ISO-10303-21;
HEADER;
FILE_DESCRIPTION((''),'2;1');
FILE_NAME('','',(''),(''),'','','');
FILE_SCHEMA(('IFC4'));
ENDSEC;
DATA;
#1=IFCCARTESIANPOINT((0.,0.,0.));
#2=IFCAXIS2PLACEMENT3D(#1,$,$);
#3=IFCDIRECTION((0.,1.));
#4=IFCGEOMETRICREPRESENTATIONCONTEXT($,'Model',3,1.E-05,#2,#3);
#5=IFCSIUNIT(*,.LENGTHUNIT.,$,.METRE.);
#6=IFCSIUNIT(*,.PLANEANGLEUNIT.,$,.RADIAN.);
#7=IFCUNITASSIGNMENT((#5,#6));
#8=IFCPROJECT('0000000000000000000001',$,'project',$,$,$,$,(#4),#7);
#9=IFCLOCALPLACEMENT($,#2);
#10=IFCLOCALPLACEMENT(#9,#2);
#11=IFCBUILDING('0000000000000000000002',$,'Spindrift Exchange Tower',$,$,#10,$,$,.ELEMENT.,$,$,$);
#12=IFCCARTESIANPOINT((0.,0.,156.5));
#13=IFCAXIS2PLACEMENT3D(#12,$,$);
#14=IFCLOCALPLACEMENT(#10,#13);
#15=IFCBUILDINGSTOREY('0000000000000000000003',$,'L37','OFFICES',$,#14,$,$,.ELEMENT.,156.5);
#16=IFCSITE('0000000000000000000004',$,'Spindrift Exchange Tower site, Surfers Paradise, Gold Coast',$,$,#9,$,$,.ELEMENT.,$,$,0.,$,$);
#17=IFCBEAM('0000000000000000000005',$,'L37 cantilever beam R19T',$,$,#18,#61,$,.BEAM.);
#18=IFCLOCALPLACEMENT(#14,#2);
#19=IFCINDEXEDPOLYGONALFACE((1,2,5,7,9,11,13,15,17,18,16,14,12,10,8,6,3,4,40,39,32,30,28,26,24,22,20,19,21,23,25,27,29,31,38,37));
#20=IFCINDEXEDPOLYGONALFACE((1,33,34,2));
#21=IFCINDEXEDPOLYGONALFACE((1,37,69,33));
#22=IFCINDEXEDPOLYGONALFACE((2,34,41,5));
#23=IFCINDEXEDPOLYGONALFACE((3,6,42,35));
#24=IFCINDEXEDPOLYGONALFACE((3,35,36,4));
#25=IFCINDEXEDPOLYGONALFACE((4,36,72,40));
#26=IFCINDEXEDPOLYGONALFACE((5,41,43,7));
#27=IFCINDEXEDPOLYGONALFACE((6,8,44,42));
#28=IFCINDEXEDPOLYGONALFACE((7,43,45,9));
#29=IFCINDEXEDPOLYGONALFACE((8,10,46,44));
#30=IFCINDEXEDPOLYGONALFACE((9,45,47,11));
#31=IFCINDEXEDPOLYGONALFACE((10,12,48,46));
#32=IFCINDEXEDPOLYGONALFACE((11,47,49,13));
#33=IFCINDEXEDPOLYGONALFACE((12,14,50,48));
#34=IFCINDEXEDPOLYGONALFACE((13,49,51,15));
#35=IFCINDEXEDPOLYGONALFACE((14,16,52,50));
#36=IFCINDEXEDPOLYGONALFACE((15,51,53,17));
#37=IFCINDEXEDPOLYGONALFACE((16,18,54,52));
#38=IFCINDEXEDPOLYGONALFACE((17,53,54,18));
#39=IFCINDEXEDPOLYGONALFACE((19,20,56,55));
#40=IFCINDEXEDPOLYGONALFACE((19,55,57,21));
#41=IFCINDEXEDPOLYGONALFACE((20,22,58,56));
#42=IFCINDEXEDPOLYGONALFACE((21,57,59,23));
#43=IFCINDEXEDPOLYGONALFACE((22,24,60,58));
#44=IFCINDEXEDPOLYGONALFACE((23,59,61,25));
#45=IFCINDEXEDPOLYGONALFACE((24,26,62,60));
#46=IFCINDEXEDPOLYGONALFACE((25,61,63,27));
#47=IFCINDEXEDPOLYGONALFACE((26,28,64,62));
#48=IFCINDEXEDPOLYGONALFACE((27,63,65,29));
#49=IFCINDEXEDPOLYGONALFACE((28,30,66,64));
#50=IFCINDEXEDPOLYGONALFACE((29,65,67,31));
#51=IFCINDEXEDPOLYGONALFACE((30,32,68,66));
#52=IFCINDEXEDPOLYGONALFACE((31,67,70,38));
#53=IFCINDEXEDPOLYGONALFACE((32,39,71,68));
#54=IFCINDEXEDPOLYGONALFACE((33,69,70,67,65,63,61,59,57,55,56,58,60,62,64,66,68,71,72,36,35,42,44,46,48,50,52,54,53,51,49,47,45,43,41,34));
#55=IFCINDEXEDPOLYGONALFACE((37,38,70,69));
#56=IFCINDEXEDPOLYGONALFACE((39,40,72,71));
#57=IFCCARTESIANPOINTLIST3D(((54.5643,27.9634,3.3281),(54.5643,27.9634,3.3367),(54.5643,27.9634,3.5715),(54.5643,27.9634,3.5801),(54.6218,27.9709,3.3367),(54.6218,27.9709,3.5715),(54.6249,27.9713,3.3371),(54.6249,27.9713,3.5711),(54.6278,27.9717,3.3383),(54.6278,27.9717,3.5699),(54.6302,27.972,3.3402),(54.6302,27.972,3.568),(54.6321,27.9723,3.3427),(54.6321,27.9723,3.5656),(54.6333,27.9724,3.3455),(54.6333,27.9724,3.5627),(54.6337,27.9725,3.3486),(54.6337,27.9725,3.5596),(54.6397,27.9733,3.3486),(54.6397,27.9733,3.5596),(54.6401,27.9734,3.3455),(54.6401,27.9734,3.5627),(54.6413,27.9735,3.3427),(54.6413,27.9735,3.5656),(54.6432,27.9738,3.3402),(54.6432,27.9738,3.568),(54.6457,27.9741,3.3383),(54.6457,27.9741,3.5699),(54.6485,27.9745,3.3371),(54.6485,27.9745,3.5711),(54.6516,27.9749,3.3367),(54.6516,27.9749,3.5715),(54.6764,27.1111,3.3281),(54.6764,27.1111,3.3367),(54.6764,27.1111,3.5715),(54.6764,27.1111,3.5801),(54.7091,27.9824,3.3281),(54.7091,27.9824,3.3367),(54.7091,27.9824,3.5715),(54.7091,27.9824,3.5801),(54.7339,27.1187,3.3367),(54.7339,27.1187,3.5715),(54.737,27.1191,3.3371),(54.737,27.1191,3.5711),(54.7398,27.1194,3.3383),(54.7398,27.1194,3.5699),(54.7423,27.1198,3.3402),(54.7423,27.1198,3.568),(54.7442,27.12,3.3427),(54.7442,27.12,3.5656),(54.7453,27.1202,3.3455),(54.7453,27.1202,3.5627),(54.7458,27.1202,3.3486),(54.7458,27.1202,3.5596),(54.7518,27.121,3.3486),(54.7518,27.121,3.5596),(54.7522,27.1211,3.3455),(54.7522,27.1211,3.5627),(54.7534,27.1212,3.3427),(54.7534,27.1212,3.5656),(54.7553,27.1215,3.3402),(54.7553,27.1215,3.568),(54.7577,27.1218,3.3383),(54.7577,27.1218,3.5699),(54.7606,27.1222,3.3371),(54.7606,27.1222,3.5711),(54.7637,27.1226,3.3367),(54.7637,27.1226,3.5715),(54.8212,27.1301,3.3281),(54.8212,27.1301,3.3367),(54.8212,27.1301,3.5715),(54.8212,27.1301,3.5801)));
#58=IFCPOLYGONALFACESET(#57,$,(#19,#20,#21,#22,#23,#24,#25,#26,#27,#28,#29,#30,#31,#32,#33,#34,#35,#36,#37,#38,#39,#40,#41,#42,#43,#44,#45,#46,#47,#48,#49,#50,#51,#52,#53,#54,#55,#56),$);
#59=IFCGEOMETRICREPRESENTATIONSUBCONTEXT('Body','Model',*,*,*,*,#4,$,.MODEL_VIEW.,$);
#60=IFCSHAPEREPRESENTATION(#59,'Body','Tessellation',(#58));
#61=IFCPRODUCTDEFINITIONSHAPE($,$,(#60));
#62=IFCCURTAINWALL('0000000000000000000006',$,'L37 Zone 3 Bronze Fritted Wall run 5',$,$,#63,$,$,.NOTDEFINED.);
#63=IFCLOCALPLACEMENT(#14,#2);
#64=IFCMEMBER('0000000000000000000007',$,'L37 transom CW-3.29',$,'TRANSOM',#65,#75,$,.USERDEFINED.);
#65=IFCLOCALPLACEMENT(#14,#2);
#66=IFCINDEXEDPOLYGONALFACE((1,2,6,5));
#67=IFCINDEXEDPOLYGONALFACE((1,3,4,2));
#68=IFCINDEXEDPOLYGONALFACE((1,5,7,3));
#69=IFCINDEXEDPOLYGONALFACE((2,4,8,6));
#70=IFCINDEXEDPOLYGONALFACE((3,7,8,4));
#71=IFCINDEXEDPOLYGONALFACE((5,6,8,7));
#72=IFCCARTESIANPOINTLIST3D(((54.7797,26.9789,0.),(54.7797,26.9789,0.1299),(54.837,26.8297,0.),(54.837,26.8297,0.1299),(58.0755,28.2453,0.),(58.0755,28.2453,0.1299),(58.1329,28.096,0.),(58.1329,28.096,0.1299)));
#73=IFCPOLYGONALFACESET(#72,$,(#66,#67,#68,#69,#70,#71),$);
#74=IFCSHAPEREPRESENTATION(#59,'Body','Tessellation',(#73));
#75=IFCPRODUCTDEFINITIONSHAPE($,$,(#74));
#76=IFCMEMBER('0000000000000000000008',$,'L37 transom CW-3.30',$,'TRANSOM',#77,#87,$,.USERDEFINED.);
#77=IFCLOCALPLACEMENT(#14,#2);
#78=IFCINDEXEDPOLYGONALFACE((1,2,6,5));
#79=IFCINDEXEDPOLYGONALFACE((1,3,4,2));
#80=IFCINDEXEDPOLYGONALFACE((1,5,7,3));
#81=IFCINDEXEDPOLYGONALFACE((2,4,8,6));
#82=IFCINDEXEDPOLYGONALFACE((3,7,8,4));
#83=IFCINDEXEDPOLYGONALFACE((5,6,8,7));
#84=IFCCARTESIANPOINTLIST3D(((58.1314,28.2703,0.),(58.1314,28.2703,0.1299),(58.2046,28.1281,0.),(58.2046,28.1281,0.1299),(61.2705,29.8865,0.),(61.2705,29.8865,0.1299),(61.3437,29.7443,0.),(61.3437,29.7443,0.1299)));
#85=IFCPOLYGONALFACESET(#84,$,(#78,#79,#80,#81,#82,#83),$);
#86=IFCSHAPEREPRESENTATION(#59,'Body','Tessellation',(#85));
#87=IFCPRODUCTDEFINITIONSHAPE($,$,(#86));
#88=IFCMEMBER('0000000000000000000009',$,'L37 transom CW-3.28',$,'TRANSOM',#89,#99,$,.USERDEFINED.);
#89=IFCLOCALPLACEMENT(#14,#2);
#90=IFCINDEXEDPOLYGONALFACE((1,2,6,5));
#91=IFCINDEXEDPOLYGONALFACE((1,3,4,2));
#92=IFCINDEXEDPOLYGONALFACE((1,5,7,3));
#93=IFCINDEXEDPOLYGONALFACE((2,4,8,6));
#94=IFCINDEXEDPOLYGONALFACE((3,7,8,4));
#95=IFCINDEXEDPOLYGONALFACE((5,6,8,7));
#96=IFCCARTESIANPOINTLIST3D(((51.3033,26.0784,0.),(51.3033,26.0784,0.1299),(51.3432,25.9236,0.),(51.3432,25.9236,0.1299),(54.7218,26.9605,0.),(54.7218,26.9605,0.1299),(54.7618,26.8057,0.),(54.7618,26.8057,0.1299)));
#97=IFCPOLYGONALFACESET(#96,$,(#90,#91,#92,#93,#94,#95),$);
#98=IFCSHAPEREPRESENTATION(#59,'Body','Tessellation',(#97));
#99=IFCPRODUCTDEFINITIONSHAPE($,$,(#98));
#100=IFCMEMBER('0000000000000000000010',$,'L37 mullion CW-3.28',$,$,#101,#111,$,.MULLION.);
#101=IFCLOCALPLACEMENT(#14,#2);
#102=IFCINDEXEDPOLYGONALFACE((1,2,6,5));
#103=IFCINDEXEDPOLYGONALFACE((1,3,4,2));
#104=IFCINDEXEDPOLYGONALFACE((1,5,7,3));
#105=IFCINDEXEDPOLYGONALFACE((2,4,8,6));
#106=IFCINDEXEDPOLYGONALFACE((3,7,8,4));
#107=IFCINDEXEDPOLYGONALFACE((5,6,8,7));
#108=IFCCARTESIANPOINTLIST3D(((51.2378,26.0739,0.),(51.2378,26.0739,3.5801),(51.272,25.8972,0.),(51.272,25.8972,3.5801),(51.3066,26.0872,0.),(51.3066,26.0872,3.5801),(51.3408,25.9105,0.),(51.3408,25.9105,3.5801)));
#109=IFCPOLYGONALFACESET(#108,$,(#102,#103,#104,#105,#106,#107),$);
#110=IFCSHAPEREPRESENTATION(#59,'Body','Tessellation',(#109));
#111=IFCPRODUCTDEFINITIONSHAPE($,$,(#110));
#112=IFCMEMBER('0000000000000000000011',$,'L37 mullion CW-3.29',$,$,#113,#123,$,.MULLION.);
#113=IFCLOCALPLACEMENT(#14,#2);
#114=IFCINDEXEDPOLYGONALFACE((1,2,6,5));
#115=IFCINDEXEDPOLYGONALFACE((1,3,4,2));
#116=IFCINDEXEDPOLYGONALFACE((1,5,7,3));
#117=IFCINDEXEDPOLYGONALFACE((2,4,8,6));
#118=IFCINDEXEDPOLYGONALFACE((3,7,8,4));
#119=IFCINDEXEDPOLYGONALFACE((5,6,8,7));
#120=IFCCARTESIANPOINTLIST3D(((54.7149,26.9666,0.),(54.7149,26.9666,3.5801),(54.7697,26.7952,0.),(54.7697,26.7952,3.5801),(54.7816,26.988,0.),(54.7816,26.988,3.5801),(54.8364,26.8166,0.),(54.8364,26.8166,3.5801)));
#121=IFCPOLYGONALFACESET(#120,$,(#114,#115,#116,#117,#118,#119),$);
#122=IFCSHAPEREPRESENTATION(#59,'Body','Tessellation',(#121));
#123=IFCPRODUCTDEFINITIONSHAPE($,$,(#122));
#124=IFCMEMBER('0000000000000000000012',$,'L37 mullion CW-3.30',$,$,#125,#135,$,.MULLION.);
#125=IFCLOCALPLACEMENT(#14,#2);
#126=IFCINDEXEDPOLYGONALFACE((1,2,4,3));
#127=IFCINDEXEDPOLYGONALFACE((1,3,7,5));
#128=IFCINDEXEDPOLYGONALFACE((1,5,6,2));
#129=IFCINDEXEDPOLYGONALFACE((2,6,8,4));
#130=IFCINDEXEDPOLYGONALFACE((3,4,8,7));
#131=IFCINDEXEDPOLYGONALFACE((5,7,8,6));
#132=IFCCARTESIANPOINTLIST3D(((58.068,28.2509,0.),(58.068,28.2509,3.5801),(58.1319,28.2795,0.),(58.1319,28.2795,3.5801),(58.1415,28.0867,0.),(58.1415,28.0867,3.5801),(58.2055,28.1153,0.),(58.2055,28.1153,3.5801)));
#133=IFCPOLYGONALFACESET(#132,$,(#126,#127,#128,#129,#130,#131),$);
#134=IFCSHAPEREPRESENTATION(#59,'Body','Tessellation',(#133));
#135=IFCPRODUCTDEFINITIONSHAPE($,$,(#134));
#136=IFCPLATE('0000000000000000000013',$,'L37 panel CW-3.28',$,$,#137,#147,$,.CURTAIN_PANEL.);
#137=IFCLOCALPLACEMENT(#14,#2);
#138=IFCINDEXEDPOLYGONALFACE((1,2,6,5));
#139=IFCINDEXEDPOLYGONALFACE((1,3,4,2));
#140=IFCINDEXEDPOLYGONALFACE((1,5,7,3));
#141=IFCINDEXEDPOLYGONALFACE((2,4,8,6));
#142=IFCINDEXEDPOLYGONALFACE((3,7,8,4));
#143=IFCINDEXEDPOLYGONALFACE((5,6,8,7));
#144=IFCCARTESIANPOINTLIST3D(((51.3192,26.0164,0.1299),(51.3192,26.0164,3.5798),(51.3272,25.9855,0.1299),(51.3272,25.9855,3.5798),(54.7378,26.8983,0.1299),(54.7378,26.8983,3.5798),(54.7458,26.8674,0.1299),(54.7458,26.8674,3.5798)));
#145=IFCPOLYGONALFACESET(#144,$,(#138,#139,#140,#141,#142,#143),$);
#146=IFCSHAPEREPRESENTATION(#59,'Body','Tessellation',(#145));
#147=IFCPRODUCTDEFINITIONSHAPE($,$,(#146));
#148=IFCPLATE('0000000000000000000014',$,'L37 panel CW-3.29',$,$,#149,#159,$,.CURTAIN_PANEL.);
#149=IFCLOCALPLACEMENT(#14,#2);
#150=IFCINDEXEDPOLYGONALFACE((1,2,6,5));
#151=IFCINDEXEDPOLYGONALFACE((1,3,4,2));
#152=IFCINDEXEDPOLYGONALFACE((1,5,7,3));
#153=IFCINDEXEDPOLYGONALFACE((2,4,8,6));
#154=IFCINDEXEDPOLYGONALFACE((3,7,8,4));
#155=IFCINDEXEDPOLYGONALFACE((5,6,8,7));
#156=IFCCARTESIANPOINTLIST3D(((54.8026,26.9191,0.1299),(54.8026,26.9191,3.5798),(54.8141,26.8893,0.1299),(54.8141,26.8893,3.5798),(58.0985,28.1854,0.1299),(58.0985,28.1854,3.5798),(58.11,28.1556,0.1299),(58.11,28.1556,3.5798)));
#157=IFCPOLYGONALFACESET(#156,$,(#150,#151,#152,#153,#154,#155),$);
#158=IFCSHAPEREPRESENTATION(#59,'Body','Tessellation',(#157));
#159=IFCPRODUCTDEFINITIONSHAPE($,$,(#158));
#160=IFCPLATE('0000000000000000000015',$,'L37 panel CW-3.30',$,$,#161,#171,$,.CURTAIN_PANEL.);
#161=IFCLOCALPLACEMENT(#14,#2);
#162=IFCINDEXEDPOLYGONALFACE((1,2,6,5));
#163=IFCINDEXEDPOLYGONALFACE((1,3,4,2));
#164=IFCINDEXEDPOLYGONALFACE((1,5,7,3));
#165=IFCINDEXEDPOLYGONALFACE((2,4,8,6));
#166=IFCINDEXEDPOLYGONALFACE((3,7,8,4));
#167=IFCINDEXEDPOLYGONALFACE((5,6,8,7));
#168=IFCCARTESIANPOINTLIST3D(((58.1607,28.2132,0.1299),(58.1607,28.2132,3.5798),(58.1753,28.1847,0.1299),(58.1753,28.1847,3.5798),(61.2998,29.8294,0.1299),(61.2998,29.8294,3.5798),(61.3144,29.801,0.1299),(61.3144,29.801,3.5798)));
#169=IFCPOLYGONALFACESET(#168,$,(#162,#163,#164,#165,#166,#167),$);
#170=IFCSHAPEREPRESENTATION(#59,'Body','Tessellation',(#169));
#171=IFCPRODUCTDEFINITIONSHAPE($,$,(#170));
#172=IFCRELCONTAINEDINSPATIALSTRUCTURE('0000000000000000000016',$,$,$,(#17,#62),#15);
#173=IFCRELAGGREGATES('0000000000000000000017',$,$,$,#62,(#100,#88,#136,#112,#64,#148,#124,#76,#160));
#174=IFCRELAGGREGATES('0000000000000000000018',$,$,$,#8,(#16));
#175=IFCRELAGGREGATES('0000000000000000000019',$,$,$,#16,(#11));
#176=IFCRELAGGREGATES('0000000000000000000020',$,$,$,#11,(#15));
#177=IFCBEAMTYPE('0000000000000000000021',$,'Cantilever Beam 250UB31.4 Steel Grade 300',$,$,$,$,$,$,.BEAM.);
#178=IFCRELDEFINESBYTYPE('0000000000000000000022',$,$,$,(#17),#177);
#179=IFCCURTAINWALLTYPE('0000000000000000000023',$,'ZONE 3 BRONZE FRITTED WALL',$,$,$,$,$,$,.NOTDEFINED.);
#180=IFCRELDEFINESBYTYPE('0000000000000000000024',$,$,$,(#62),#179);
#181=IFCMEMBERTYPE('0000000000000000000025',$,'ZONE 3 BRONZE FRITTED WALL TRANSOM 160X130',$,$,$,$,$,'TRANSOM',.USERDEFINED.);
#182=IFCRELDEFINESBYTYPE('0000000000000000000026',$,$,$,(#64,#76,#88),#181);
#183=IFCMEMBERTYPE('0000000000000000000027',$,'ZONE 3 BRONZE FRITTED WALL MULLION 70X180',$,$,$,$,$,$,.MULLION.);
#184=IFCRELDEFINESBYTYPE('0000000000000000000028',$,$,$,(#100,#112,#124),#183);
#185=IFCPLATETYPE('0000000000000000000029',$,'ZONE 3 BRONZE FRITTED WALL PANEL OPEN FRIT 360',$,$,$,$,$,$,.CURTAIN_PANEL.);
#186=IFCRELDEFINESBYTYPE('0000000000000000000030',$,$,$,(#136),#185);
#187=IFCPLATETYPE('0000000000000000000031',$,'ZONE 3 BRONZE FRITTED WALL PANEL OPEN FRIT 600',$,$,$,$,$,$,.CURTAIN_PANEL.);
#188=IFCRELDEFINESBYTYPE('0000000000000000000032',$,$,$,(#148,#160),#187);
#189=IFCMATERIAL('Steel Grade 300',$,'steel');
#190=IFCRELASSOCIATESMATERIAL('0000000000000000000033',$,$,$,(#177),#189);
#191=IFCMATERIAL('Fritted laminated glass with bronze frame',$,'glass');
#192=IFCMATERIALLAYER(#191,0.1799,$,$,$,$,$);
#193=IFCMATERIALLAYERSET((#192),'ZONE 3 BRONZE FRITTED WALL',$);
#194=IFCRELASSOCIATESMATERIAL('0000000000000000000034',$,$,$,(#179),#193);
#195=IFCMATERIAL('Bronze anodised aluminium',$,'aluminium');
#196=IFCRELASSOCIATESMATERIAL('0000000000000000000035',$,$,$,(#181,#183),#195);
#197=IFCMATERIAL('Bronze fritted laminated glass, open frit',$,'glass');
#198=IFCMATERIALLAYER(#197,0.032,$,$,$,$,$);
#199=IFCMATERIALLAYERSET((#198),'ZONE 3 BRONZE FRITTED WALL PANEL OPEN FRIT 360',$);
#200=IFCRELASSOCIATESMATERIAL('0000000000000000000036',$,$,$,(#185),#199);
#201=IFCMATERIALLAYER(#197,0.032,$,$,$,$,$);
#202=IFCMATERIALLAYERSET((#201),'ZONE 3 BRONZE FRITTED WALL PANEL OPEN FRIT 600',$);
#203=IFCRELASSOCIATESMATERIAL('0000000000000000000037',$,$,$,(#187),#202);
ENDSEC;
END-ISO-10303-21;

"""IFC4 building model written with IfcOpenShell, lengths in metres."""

from ifc_helpers import new_model, si_unit, direction, frame, origin, origin_2d, place, context, subcontext, project, spatial, rectangle, i_section, extrude, source, transform, mapped, material, layer, layer_set, material_profile, profile_set, type_object, element, aggregate, save


model = new_model("IFC4")

# Units and contexts
model_context = context("Model", 3, precision=1e-05, world=origin(), true_north=direction((0.0, 1.0)))
body_context = subcontext(model_context, "Body", "Model", "MODEL_VIEW")
ifc_project = project(units=[si_unit("LENGTHUNIT", "METRE"), si_unit("PLANEANGLEUNIT", "RADIAN")], contexts=[model_context])

# Site, building, storey
site_placement = place(None, origin())
site = spatial("IfcSite", under=ifc_project, at=site_placement, Name="Spindrift Exchange Tower site, Surfers Paradise, Gold Coast", CompositionType="ELEMENT", RefElevation=0.0)
building_placement = place(site_placement, origin())
building = spatial("IfcBuilding", under=site, at=building_placement, Name="Spindrift Exchange Tower", CompositionType="ELEMENT")
storey_placement = place(building_placement, frame((0.0, 0.0, 156.5)))
storey = spatial("IfcBuildingStorey", under=building, at=storey_placement, Name="L37", Description="OFFICES", CompositionType="ELEMENT", Elevation=156.5)

# Beam
ifc_material_1 = material(Name="Steel Grade 300", Category="steel")
ifc_material_profile_1 = material_profile(ifc_material_1, i_section(OverallWidth=0.146, OverallDepth=0.252, WebThickness=0.0061, FlangeThickness=0.0085, FilletRadius=0.012, at=origin_2d()), Name="250UB31.4")
ifc_profile_set_1 = profile_set([ifc_material_profile_1], Name="Steel Grade 300")
beam_type_1 = type_object("IfcBeamType", Name="Cantilever Beam 250UB31.4 Steel Grade 300", PredefinedType="BEAM", material=ifc_profile_set_1)
shared_shape_1 = source(origin(), body_context, "Body", "SweptSolid", [
    extrude(i_section(OverallWidth=0.146, OverallDepth=0.252, WebThickness=0.0061, FlangeThickness=0.0085, FilletRadius=0.012, at=origin_2d()), origin(), (0.0, 0.0, 1.0), 0.8596),
])
beam_1_placement = place(storey_placement, frame((54.6367, 27.9729, 3.4541), z_axis=(0.130359, -0.991467, 0.0), x_axis=(0.991467, 0.130359, 0.0)))
element("IfcBeam", 1, at=beam_1_placement, inside=storey, type_object=beam_type_1, Name="L37 cantilever beam R19T", PredefinedType="BEAM", context=body_context, shape_type="MappedRepresentation", body=[
    mapped(shared_shape_1, transform((0.0, 0.0, 0.0), scale=1.0)),
])

# Curtain wall, members, plates
ifc_material_2 = material(Name="Fritted laminated glass with bronze frame", Category="glass")
ifc_layer_1 = layer(ifc_material_2, 0.1799)
ifc_layer_set_1 = layer_set([ifc_layer_1], Name="ZONE 3 BRONZE FRITTED WALL")
curtain_wall_type = type_object("IfcCurtainWallType", Name="ZONE 3 BRONZE FRITTED WALL", PredefinedType="NOTDEFINED", material=ifc_layer_set_1)
curtain_wall_placement = place(storey_placement, origin())
curtain_wall = element("IfcCurtainWall", 2, at=curtain_wall_placement, inside=storey, type_object=curtain_wall_type, Name="L37 Zone 3 Bronze Fritted Wall run 5", PredefinedType="NOTDEFINED")
ifc_material_3 = material(Name="Bronze anodised aluminium", Category="aluminium")
ifc_material_profile_2 = material_profile(ifc_material_3, rectangle(XDim=0.1599, YDim=0.1299, at=origin_2d()), Name="ZONE 3 BRONZE FRITTED WALL TRANSOM 160X130")
ifc_profile_set_2 = profile_set([ifc_material_profile_2], Name="Bronze anodised aluminium")
member_type_1 = type_object("IfcMemberType", Name="ZONE 3 BRONZE FRITTED WALL TRANSOM 160X130", ElementType="TRANSOM", PredefinedType="USERDEFINED", material=ifc_profile_set_2)
shared_shape_2 = source(origin(), body_context, "Body", "SweptSolid", [
    extrude(rectangle(XDim=0.1599, YDim=0.1299, at=origin_2d()), origin(), (0.0, 0.0, 1.0), 3.5308),
])
member_1_placement = place(storey_placement, frame((54.8083, 26.9043, 0.0649), z_axis=(0.933469, 0.358659, 0.0), x_axis=(-0.358659, 0.933469, 0.0)))
member_1 = element("IfcMember", 3, at=member_1_placement, type_object=member_type_1, Name="L37 transom CW-3.29", ObjectType="TRANSOM", PredefinedType="USERDEFINED", context=body_context, shape_type="MappedRepresentation", body=[
    mapped(shared_shape_2, transform((0.0, 0.0, 0.0), scale=1.0)),
])
member_2_placement = place(storey_placement, frame((58.168, 28.1992, 0.0649), z_axis=(0.889082, 0.457748, 0.0), x_axis=(-0.457748, 0.889082, 0.0)))
member_2 = element("IfcMember", 4, at=member_2_placement, type_object=member_type_1, Name="L37 transom CW-3.30", ObjectType="TRANSOM", PredefinedType="USERDEFINED", context=body_context, shape_type="MappedRepresentation", body=[
    mapped(shared_shape_2, transform((0.0, 0.0, 0.0), scale=1.0)),
])
shared_shape_3 = source(origin(), body_context, "Body", "SweptSolid", [
    extrude(rectangle(XDim=0.1599, YDim=0.1299, at=origin_2d()), origin(), (0.0, 0.0, 1.0), 3.5305),
])
member_3_placement = place(storey_placement, frame((51.3232, 26.001, 0.0649), z_axis=(0.968284, 0.249851, 0.0), x_axis=(-0.249851, 0.968284, 0.0)))
member_3 = element("IfcMember", 5, at=member_3_placement, type_object=member_type_1, Name="L37 transom CW-3.28", ObjectType="TRANSOM", PredefinedType="USERDEFINED", context=body_context, shape_type="MappedRepresentation", body=[
    mapped(shared_shape_3, transform((0.0, 0.0, 0.0), scale=1.0)),
])
ifc_material_profile_3 = material_profile(ifc_material_3, rectangle(XDim=0.0701, YDim=0.1799, at=origin_2d()), Name="ZONE 3 BRONZE FRITTED WALL MULLION 70X180")
ifc_profile_set_3 = profile_set([ifc_material_profile_3], Name="Bronze anodised aluminium")
member_type_2 = type_object("IfcMemberType", Name="ZONE 3 BRONZE FRITTED WALL MULLION 70X180", PredefinedType="MULLION", material=ifc_profile_set_3)
shared_shape_4 = source(origin(), body_context, "Body", "SweptSolid", [
    extrude(rectangle(XDim=0.0701, YDim=0.1799, at=origin_2d()), origin(), (0.0, 0.0, 1.0), 3.5801),
])
member_4_placement = place(storey_placement, frame((51.2893, 25.9922, 0.0), z_axis=(0.0, 0.0, 1.0), x_axis=(0.981831, 0.189758, 0.0)))
member_4 = element("IfcMember", 6, at=member_4_placement, type_object=member_type_2, Name="L37 mullion CW-3.28", PredefinedType="MULLION", context=body_context, shape_type="MappedRepresentation", body=[
    mapped(shared_shape_4, transform((0.0, 0.0, 0.0), scale=1.0)),
])
member_5_placement = place(storey_placement, frame((54.7756, 26.8916, 0.0), z_axis=(0.0, 0.0, 1.0), x_axis=(0.952441, 0.304724, 0.0)))
member_5 = element("IfcMember", 7, at=member_5_placement, type_object=member_type_2, Name="L37 mullion CW-3.29", PredefinedType="MULLION", context=body_context, shape_type="MappedRepresentation", body=[
    mapped(shared_shape_4, transform((0.0, 0.0, 0.0), scale=1.0)),
])
member_6_placement = place(storey_placement, frame((58.1367, 28.1831, 0.0), z_axis=(0.0, 0.0, 1.0), x_axis=(0.912619, 0.40881, 0.0)))
member_6 = element("IfcMember", 8, at=member_6_placement, type_object=member_type_2, Name="L37 mullion CW-3.30", PredefinedType="MULLION", context=body_context, shape_type="MappedRepresentation", body=[
    mapped(shared_shape_4, transform((0.0, 0.0, 0.0), scale=1.0)),
])
ifc_material_4 = material(Name="Bronze fritted laminated glass, open frit", Category="glass")
ifc_layer_2 = layer(ifc_material_4, 0.032)
ifc_layer_set_2 = layer_set([ifc_layer_2], Name="ZONE 3 BRONZE FRITTED WALL PANEL OPEN FRIT 360")
plate_type_1 = type_object("IfcPlateType", Name="ZONE 3 BRONZE FRITTED WALL PANEL OPEN FRIT 360", PredefinedType="CURTAIN_PANEL", material=ifc_layer_set_2)
shared_shape_5 = source(origin(), body_context, "Body", "SweptSolid", [
    extrude(rectangle(XDim=3.5305, YDim=0.032, at=origin_2d()), origin(), (0.0, 0.0, 1.0), 3.45),
])
plate_1_placement = place(storey_placement, frame((53.0325, 26.4419, 0.1299), z_axis=(0.0, 0.0, 1.0), x_axis=(0.968299, 0.249795, 0.0)))
plate_1 = element("IfcPlate", 9, at=plate_1_placement, type_object=plate_type_1, Name="L37 panel CW-3.28", PredefinedType="CURTAIN_PANEL", context=body_context, shape_type="MappedRepresentation", body=[
    mapped(shared_shape_5, transform((0.0, 0.0, 0.0), scale=1.0)),
])
ifc_layer_3 = layer(ifc_material_4, 0.032)
ifc_layer_set_3 = layer_set([ifc_layer_3], Name="ZONE 3 BRONZE FRITTED WALL PANEL OPEN FRIT 600")
plate_type_2 = type_object("IfcPlateType", Name="ZONE 3 BRONZE FRITTED WALL PANEL OPEN FRIT 600", PredefinedType="CURTAIN_PANEL", material=ifc_layer_set_3)
shared_shape_6 = source(origin(), body_context, "Body", "SweptSolid", [
    extrude(rectangle(XDim=3.5308, YDim=0.032, at=origin_2d()), origin(), (0.0, 0.0, 1.0), 3.45),
])
plate_2_placement = place(storey_placement, frame((56.4563, 27.5374, 0.1299), z_axis=(0.0, 0.0, 1.0), x_axis=(0.93347, 0.358656, 0.0)))
plate_2 = element("IfcPlate", 10, at=plate_2_placement, type_object=plate_type_2, Name="L37 panel CW-3.29", PredefinedType="CURTAIN_PANEL", context=body_context, shape_type="MappedRepresentation", body=[
    mapped(shared_shape_6, transform((0.0, 0.0, 0.0), scale=1.0)),
])
plate_3_placement = place(storey_placement, frame((59.7375, 29.0071, 0.1299), z_axis=(0.0, 0.0, 1.0), x_axis=(0.889077, 0.457758, 0.0)))
plate_3 = element("IfcPlate", 11, at=plate_3_placement, type_object=plate_type_2, Name="L37 panel CW-3.30", PredefinedType="CURTAIN_PANEL", context=body_context, shape_type="MappedRepresentation", body=[
    mapped(shared_shape_6, transform((0.0, 0.0, 0.0), scale=1.0)),
])
aggregate(curtain_wall, [member_4, member_3, plate_1, member_5, member_1, plate_2, member_6, member_2, plate_3])

save(model, "model.ifc")
